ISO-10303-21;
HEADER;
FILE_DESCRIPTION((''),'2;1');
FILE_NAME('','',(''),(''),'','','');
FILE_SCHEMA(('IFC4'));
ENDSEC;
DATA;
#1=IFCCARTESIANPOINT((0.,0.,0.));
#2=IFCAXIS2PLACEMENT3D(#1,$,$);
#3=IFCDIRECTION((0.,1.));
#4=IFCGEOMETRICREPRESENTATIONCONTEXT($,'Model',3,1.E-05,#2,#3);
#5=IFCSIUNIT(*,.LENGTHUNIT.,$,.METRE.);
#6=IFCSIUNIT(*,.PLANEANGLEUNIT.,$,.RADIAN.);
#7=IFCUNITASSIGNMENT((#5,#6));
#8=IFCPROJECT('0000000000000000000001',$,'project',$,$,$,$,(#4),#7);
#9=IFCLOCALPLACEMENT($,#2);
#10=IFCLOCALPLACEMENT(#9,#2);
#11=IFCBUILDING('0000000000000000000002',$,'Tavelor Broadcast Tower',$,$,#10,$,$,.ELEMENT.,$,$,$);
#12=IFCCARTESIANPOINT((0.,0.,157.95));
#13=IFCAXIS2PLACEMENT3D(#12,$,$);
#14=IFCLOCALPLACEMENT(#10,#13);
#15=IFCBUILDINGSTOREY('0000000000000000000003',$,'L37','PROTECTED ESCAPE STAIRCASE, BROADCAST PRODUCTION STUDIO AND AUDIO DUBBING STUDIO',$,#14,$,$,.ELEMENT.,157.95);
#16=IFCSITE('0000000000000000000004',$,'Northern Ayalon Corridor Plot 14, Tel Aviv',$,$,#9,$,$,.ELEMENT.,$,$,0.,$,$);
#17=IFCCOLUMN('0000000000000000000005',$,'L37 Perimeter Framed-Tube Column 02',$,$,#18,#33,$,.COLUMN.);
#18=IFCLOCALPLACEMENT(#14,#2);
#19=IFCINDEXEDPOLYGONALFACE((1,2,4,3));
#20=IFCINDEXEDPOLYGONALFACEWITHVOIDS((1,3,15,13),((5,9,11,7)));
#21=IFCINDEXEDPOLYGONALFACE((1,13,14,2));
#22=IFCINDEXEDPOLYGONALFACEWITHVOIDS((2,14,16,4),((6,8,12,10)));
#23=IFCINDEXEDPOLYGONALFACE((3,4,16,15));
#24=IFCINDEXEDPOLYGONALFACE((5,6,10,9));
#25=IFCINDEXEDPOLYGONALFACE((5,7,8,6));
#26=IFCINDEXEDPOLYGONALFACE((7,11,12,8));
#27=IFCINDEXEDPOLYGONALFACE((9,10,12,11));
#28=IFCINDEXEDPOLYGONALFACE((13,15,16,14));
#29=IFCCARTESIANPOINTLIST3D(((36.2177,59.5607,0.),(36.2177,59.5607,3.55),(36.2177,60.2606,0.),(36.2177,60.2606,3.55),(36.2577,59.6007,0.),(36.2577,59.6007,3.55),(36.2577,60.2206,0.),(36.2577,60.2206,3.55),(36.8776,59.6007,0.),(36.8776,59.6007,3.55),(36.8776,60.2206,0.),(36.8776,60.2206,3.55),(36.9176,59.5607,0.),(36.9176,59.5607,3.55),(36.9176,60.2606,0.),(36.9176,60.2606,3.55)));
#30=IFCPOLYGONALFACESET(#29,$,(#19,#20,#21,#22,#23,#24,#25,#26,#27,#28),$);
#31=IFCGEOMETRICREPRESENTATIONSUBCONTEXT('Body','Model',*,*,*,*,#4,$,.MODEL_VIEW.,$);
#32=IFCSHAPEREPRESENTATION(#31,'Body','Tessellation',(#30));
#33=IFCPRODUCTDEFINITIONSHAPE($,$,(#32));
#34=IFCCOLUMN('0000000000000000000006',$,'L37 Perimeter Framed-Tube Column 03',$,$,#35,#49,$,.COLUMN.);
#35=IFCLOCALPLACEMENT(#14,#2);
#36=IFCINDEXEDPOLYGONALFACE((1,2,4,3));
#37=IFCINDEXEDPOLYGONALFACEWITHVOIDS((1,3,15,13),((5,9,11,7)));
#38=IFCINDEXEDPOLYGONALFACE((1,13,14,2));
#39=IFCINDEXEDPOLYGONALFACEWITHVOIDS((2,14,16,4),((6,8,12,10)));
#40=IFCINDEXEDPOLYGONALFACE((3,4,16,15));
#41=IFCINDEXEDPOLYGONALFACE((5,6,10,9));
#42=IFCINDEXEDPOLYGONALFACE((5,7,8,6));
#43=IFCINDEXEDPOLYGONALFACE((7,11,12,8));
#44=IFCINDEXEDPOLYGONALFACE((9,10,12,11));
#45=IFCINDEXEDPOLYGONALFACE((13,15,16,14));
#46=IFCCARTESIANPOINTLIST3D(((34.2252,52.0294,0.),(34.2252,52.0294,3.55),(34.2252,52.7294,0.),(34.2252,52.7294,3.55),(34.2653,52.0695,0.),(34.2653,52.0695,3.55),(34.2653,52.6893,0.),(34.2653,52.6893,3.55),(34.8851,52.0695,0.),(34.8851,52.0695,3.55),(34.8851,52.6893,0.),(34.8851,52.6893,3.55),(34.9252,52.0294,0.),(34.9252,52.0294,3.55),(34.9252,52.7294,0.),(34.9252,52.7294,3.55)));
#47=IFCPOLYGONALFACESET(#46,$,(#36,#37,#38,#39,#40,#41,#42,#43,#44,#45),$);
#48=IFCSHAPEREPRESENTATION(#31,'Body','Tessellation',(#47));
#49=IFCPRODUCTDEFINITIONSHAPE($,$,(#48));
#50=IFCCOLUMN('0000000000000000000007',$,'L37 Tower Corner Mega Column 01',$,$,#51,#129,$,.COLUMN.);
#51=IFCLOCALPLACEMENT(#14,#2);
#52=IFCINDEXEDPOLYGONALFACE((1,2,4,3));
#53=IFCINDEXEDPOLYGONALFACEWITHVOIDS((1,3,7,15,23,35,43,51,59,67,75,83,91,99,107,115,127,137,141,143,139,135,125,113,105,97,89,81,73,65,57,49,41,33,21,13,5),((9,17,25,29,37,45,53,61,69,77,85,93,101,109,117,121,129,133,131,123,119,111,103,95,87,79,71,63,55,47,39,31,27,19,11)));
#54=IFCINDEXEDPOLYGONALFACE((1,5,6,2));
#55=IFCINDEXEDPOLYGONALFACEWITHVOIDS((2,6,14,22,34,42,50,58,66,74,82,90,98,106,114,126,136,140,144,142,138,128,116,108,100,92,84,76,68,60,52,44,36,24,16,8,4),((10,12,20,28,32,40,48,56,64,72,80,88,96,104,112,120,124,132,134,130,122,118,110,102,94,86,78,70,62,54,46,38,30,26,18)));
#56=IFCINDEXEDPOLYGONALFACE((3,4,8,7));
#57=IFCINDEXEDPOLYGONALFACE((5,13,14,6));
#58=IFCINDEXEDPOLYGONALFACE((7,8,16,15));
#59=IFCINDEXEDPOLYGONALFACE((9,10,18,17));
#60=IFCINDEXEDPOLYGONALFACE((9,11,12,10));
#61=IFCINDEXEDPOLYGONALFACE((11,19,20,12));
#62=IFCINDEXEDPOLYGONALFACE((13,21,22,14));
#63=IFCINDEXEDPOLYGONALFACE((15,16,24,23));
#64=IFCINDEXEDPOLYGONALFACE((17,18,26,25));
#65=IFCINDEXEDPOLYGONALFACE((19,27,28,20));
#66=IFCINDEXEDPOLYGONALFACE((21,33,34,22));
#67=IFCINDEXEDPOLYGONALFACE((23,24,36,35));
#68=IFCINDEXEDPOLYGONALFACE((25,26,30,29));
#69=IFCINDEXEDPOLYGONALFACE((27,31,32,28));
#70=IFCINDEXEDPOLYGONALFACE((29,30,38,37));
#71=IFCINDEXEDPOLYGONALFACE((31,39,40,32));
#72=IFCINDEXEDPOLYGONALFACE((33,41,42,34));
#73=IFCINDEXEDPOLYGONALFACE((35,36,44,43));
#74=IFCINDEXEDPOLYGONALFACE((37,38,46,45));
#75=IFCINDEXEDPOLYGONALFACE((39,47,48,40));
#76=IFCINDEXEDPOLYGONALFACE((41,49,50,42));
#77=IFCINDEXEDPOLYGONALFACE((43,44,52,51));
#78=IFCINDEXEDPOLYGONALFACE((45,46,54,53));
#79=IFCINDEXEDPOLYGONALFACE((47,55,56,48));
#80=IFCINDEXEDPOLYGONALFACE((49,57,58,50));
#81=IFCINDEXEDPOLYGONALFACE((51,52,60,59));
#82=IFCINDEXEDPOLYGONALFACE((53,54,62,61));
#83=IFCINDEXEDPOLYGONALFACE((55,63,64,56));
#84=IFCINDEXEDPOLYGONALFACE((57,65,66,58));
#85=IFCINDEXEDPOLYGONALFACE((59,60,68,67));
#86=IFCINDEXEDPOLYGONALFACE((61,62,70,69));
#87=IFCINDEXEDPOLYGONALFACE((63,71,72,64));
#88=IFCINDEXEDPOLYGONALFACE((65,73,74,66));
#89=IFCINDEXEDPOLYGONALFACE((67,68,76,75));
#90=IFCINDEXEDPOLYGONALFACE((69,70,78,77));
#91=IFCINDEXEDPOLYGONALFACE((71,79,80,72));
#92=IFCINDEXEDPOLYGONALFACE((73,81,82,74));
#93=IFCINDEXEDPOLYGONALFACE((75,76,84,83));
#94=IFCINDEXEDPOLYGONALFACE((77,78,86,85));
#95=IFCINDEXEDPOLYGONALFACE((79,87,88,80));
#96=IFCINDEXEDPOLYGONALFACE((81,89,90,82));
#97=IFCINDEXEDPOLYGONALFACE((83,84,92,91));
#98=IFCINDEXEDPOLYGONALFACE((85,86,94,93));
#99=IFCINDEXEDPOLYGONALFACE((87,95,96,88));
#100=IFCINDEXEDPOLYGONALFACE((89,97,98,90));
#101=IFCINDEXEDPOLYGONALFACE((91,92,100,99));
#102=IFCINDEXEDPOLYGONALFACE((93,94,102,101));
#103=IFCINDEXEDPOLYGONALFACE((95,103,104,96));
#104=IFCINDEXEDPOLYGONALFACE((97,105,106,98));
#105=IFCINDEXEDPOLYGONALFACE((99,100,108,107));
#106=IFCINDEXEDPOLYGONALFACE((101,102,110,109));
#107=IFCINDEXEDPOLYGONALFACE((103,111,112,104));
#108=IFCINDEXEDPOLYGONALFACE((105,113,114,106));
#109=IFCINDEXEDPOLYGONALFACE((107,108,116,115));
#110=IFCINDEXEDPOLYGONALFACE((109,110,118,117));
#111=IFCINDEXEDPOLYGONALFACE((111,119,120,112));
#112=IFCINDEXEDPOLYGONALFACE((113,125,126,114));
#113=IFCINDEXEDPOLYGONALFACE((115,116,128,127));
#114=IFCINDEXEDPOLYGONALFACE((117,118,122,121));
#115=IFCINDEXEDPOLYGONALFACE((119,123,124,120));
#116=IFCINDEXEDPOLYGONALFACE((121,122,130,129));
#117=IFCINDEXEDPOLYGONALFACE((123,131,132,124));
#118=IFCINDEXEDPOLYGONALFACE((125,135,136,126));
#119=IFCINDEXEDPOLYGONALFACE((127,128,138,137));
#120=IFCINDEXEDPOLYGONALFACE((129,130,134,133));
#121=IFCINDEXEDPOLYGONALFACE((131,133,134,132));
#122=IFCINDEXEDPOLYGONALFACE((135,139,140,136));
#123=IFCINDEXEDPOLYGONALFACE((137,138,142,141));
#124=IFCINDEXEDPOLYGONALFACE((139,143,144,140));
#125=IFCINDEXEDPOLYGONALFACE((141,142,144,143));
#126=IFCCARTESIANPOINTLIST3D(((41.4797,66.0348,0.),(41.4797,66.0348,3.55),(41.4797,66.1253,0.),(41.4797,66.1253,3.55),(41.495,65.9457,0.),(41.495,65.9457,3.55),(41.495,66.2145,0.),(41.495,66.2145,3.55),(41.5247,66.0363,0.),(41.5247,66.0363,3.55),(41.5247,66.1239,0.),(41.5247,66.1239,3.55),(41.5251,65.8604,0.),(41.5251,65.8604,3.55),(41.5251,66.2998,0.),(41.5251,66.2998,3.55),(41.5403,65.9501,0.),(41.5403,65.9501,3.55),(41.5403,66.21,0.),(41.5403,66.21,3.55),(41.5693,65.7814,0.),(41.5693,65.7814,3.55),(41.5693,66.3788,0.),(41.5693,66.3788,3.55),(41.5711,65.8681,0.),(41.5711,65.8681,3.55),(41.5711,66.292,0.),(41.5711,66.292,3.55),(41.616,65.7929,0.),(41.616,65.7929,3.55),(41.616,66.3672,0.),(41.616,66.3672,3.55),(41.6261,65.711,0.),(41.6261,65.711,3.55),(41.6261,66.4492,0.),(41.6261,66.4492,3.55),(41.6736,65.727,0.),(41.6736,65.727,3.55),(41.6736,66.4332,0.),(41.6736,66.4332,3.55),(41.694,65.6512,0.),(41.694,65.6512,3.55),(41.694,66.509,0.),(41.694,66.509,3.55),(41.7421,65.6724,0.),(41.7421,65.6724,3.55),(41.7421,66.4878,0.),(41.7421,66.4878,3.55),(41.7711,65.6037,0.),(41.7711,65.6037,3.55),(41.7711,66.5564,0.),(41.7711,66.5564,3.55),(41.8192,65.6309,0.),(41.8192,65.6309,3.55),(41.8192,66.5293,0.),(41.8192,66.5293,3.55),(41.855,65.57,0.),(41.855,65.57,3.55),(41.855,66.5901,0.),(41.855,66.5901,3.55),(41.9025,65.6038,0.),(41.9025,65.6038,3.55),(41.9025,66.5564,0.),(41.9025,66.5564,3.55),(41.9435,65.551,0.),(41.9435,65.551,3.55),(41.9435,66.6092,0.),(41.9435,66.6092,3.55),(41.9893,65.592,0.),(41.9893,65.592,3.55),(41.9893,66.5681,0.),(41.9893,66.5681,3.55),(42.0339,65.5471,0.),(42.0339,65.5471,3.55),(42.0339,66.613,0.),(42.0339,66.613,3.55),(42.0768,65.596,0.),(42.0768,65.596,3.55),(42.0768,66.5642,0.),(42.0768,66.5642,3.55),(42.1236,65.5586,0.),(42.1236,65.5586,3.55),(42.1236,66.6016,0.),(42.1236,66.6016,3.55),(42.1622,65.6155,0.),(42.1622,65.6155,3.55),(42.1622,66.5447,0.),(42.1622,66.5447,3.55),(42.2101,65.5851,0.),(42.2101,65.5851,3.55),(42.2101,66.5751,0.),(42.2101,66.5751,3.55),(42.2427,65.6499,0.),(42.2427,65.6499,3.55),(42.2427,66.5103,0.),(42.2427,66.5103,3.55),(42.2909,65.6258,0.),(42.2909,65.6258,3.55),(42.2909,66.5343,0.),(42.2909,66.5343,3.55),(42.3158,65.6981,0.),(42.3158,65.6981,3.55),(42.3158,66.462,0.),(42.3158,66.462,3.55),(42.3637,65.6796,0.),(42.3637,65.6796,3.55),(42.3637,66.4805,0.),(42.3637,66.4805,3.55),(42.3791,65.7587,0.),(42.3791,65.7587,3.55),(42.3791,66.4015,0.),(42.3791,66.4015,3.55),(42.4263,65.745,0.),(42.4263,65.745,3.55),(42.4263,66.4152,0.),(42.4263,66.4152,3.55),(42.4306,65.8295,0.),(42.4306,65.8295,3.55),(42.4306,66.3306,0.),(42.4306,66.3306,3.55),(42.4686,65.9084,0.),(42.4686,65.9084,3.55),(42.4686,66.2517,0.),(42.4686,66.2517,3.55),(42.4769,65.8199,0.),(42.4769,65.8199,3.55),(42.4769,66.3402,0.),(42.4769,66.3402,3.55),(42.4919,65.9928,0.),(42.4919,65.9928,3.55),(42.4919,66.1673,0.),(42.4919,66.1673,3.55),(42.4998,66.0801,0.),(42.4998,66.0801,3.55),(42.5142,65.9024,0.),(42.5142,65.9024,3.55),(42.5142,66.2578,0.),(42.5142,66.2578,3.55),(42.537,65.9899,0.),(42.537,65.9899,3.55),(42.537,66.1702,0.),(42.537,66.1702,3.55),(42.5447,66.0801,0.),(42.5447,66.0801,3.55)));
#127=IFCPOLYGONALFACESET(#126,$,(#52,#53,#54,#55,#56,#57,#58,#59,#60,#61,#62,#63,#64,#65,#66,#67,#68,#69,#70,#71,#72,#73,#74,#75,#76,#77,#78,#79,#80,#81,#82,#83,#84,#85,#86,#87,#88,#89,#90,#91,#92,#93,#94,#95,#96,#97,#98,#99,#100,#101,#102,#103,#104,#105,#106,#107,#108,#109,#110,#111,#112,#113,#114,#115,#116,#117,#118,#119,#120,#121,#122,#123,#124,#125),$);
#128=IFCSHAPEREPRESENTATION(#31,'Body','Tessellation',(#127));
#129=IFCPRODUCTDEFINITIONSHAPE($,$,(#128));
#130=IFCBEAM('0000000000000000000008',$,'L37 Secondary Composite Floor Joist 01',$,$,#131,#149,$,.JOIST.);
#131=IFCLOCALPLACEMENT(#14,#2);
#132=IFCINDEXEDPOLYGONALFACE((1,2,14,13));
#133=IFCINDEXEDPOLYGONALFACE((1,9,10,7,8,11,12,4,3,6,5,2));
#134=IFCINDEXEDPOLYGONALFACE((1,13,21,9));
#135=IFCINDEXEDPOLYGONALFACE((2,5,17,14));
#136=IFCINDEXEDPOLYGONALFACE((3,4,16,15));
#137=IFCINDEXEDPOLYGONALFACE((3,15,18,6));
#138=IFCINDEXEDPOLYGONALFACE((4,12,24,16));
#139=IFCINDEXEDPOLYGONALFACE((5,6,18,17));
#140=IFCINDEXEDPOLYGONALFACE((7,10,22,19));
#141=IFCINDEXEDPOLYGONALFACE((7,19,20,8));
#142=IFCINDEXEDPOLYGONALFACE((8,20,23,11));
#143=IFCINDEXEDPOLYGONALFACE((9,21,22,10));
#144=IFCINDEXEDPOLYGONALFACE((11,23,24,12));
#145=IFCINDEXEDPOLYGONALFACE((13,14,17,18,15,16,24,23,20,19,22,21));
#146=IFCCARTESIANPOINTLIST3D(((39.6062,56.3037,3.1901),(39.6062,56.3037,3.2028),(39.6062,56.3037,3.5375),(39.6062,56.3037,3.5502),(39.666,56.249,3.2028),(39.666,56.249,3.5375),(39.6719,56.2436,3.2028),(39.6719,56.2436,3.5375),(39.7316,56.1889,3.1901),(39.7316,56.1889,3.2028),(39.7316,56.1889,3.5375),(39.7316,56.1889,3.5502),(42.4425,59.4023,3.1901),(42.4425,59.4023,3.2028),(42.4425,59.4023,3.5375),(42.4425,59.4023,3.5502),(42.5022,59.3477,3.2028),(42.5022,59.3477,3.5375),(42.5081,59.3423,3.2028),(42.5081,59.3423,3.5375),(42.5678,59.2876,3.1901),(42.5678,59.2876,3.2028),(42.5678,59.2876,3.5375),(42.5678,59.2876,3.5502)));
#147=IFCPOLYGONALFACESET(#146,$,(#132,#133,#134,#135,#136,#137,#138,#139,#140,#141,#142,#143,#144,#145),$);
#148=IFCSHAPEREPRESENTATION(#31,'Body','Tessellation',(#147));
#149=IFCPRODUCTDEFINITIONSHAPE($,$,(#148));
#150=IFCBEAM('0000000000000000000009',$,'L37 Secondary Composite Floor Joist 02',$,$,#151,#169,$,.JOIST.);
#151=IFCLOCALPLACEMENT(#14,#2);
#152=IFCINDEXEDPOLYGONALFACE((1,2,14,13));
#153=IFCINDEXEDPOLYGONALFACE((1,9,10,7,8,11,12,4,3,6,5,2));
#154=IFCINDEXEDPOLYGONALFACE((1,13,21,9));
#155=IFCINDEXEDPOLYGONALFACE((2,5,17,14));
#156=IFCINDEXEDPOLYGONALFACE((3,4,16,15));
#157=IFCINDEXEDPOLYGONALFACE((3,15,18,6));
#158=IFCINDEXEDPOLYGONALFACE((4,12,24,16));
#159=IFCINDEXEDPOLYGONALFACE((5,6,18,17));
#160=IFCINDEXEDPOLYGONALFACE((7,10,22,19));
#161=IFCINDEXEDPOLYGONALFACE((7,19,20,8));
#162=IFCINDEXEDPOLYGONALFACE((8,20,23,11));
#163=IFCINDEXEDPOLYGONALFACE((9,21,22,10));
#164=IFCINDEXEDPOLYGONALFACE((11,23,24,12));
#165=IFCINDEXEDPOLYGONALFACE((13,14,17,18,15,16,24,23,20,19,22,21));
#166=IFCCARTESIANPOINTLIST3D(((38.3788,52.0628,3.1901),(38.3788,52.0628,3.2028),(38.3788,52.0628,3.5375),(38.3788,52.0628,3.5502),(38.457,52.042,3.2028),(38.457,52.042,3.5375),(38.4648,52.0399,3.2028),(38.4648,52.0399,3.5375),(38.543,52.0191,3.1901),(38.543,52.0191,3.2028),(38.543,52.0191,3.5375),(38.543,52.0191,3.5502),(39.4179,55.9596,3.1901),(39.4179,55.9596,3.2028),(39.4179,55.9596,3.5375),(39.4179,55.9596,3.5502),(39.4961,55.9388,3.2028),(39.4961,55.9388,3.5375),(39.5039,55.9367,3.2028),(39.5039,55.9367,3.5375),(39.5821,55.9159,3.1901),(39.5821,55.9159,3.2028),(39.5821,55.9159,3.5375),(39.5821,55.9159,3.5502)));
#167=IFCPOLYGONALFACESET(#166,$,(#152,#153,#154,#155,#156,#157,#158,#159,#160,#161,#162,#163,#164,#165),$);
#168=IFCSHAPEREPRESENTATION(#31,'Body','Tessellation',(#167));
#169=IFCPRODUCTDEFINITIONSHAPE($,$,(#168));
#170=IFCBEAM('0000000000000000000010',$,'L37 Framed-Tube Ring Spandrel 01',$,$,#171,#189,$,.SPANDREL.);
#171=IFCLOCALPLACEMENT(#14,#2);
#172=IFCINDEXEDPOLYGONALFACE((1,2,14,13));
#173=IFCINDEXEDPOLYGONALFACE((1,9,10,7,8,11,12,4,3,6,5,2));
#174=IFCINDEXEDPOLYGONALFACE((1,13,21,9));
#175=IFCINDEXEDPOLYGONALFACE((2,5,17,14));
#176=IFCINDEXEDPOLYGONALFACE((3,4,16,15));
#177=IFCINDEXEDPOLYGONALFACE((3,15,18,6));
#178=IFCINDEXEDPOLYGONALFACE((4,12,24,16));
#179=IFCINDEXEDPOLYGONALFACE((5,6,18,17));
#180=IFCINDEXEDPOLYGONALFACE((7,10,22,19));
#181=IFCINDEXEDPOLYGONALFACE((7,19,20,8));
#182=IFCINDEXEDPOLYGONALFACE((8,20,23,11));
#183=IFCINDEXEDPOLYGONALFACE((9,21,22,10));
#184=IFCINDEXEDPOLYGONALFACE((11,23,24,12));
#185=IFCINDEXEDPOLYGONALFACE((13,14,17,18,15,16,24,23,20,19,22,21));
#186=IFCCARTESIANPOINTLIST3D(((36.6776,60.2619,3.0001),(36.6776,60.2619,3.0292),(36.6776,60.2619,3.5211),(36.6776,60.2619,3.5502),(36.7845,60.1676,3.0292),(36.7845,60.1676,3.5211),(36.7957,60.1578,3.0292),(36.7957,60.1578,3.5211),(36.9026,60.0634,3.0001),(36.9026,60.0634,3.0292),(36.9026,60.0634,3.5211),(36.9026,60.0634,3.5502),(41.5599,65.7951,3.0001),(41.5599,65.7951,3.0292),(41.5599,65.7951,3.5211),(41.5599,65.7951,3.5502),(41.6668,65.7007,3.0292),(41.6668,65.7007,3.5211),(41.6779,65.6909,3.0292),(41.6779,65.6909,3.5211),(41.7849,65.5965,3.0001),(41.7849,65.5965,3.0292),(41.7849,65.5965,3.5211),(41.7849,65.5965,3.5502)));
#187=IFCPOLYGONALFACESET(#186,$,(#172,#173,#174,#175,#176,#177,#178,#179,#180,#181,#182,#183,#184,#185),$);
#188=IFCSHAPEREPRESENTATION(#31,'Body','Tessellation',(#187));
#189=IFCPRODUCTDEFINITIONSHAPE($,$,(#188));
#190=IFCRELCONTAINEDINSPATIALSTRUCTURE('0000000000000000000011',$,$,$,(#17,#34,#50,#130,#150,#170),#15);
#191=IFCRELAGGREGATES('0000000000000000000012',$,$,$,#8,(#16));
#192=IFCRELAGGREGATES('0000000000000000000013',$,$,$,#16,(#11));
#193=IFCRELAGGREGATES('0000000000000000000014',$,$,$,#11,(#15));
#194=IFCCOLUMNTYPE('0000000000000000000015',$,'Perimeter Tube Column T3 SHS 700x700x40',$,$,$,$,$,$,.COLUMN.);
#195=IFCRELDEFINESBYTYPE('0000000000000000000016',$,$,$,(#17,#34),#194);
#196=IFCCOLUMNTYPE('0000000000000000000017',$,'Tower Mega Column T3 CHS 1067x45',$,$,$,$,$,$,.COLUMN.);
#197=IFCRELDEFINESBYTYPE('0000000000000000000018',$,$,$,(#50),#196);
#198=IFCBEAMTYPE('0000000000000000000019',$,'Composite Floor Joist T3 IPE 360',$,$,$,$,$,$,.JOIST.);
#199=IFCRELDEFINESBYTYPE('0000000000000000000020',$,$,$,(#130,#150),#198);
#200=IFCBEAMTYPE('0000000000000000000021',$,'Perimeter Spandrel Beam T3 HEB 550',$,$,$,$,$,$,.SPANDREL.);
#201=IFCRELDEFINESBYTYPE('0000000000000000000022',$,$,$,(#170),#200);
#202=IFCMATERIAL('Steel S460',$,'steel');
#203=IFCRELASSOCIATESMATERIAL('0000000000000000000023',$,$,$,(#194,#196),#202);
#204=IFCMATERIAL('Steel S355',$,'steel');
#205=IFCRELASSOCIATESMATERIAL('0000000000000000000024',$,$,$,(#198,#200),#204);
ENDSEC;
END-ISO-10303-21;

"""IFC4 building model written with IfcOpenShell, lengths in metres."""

from ifc_helpers import new_model, si_unit, direction, frame, origin, origin_2d, place, context, subcontext, project, spatial, hollow_rectangle, hollow_circle, i_section, extrude, material, material_profile, profile_set, type_object, element, save


model = new_model("IFC4")

# Units and contexts
model_context = context("Model", 3, precision=1e-05, world=origin(), true_north=direction((0.0, 1.0)))
body_context = subcontext(model_context, "Body", "Model", "MODEL_VIEW")
ifc_project = project(units=[si_unit("LENGTHUNIT", "METRE"), si_unit("PLANEANGLEUNIT", "RADIAN")], contexts=[model_context])

# Site, building, storey
site_placement = place(None, origin())
site = spatial("IfcSite", under=ifc_project, at=site_placement, Name="Northern Ayalon Corridor Plot 14, Tel Aviv", CompositionType="ELEMENT", RefElevation=0.0)
building_placement = place(site_placement, origin())
building = spatial("IfcBuilding", under=site, at=building_placement, Name="Tavelor Broadcast Tower", CompositionType="ELEMENT")
storey_placement = place(building_placement, frame((0.0, 0.0, 157.95)))
storey = spatial("IfcBuildingStorey", under=building, at=storey_placement, Name="L37", Description="PROTECTED ESCAPE STAIRCASE, BROADCAST PRODUCTION STUDIO AND AUDIO DUBBING STUDIO", CompositionType="ELEMENT", Elevation=157.95)

# Columns
ifc_material_1 = material(Name="Steel S460", Category="steel")
ifc_material_profile_1 = material_profile(ifc_material_1, hollow_rectangle(XDim=0.7, YDim=0.7, WallThickness=0.04, at=origin_2d()), Name="SHS 700x700x40")
ifc_profile_set_1 = profile_set([ifc_material_profile_1], Name="Steel S460")
column_type_1 = type_object("IfcColumnType", Name="Perimeter Tube Column T3 SHS 700x700x40", PredefinedType="COLUMN", material=ifc_profile_set_1)
for number, where, z_axis, x_axis, name in (
    (1, (36.5676, 59.9106, 0.0), (0.0, 0.0, 1.0), (1.0, 0.0, 0.0), "L37 Perimeter Framed-Tube Column 02"),
    (2, (34.5752, 52.3794, 0.0), (0.0, 0.0, 1.0), (1.0, 0.0, 0.0), "L37 Perimeter Framed-Tube Column 03"),
):
    element("IfcColumn", number, at=place(storey_placement, frame(where, z_axis=z_axis, x_axis=x_axis)), inside=storey, type_object=column_type_1, Name=name, PredefinedType="COLUMN", context=body_context, shape_type="SweptSolid", body=[
        extrude(hollow_rectangle(XDim=0.7, YDim=0.7, WallThickness=0.04, at=origin_2d()), origin(), (0.0, 0.0, 1.0), 3.55),
    ])
ifc_material_profile_2 = material_profile(ifc_material_1, hollow_circle(Radius=0.5334, WallThickness=0.0449, at=origin_2d()), Name="CHS 1067x45")
ifc_profile_set_2 = profile_set([ifc_material_profile_2], Name="Steel S460")
column_type_2 = type_object("IfcColumnType", Name="Tower Mega Column T3 CHS 1067x45", PredefinedType="COLUMN", material=ifc_profile_set_2)
column_placement = place(storey_placement, frame((42.0112, 66.0801, 0.0), z_axis=(0.0, 0.0, 1.0), x_axis=(1.0, 0.0, 0.0)))
element("IfcColumn", 3, at=column_placement, inside=storey, type_object=column_type_2, Name="L37 Tower Corner Mega Column 01", PredefinedType="COLUMN", context=body_context, shape_type="SweptSolid", body=[
    extrude(hollow_circle(Radius=0.5334, WallThickness=0.0449, at=origin_2d()), origin(), (0.0, 0.0, 1.0), 3.55),
])

# Beams
ifc_material_2 = material(Name="Steel S355", Category="steel")
ifc_material_profile_3 = material_profile(ifc_material_2, i_section(OverallWidth=0.1699, OverallDepth=0.3601, WebThickness=0.0081, FlangeThickness=0.0127, at=origin_2d()), Name="IPE 360")
ifc_profile_set_3 = profile_set([ifc_material_profile_3], Name="Steel S355")
beam_type_1 = type_object("IfcBeamType", Name="Composite Floor Joist T3 IPE 360", PredefinedType="JOIST", material=ifc_profile_set_3)
beam_1_placement = place(storey_placement, frame((42.5051, 59.345, 3.3701), z_axis=(-0.675177, -0.737656, 0.0), x_axis=(0.737656, -0.675177, 0.0)))
element("IfcBeam", 4, at=beam_1_placement, inside=storey, type_object=beam_type_1, Name="L37 Secondary Composite Floor Joist 01", PredefinedType="JOIST", context=body_context, shape_type="SweptSolid", body=[
    extrude(i_section(OverallWidth=0.1699, OverallDepth=0.3601, WebThickness=0.0081, FlangeThickness=0.0127, at=origin_2d()), origin(), (0.0, 0.0, 1.0), 4.2007),
])
beam_2_placement = place(storey_placement, frame((39.5, 55.9377, 3.3701), z_axis=(-0.257648, -0.966239, 0.0), x_axis=(0.966239, -0.257648, 0.0)))
element("IfcBeam", 5, at=beam_2_placement, inside=storey, type_object=beam_type_1, Name="L37 Secondary Composite Floor Joist 02", PredefinedType="JOIST", context=body_context, shape_type="SweptSolid", body=[
    extrude(i_section(OverallWidth=0.1699, OverallDepth=0.3601, WebThickness=0.0081, FlangeThickness=0.0127, at=origin_2d()), origin(), (0.0, 0.0, 1.0), 4.033),
])
ifc_material_profile_4 = material_profile(ifc_material_2, i_section(OverallWidth=0.3, OverallDepth=0.55, WebThickness=0.0149, FlangeThickness=0.0291, at=origin_2d()), Name="HEB 550")
ifc_profile_set_4 = profile_set([ifc_material_profile_4], Name="Steel S355")
beam_type_2 = type_object("IfcBeamType", Name="Perimeter Spandrel Beam T3 HEB 550", PredefinedType="SPANDREL", material=ifc_profile_set_4)
beam_3_placement = place(storey_placement, frame((41.6724, 65.6958, 3.2751), z_axis=(-0.661628, -0.749832, 0.0), x_axis=(0.749832, -0.661628, 0.0)))
element("IfcBeam", 6, at=beam_3_placement, inside=storey, type_object=beam_type_2, Name="L37 Framed-Tube Ring Spandrel 01", PredefinedType="SPANDREL", context=body_context, shape_type="SweptSolid", body=[
    extrude(i_section(OverallWidth=0.3, OverallDepth=0.55, WebThickness=0.0149, FlangeThickness=0.0291, at=origin_2d()), origin(), (0.0, 0.0, 1.0), 7.3792),
])

save(model, "model.ifc")
